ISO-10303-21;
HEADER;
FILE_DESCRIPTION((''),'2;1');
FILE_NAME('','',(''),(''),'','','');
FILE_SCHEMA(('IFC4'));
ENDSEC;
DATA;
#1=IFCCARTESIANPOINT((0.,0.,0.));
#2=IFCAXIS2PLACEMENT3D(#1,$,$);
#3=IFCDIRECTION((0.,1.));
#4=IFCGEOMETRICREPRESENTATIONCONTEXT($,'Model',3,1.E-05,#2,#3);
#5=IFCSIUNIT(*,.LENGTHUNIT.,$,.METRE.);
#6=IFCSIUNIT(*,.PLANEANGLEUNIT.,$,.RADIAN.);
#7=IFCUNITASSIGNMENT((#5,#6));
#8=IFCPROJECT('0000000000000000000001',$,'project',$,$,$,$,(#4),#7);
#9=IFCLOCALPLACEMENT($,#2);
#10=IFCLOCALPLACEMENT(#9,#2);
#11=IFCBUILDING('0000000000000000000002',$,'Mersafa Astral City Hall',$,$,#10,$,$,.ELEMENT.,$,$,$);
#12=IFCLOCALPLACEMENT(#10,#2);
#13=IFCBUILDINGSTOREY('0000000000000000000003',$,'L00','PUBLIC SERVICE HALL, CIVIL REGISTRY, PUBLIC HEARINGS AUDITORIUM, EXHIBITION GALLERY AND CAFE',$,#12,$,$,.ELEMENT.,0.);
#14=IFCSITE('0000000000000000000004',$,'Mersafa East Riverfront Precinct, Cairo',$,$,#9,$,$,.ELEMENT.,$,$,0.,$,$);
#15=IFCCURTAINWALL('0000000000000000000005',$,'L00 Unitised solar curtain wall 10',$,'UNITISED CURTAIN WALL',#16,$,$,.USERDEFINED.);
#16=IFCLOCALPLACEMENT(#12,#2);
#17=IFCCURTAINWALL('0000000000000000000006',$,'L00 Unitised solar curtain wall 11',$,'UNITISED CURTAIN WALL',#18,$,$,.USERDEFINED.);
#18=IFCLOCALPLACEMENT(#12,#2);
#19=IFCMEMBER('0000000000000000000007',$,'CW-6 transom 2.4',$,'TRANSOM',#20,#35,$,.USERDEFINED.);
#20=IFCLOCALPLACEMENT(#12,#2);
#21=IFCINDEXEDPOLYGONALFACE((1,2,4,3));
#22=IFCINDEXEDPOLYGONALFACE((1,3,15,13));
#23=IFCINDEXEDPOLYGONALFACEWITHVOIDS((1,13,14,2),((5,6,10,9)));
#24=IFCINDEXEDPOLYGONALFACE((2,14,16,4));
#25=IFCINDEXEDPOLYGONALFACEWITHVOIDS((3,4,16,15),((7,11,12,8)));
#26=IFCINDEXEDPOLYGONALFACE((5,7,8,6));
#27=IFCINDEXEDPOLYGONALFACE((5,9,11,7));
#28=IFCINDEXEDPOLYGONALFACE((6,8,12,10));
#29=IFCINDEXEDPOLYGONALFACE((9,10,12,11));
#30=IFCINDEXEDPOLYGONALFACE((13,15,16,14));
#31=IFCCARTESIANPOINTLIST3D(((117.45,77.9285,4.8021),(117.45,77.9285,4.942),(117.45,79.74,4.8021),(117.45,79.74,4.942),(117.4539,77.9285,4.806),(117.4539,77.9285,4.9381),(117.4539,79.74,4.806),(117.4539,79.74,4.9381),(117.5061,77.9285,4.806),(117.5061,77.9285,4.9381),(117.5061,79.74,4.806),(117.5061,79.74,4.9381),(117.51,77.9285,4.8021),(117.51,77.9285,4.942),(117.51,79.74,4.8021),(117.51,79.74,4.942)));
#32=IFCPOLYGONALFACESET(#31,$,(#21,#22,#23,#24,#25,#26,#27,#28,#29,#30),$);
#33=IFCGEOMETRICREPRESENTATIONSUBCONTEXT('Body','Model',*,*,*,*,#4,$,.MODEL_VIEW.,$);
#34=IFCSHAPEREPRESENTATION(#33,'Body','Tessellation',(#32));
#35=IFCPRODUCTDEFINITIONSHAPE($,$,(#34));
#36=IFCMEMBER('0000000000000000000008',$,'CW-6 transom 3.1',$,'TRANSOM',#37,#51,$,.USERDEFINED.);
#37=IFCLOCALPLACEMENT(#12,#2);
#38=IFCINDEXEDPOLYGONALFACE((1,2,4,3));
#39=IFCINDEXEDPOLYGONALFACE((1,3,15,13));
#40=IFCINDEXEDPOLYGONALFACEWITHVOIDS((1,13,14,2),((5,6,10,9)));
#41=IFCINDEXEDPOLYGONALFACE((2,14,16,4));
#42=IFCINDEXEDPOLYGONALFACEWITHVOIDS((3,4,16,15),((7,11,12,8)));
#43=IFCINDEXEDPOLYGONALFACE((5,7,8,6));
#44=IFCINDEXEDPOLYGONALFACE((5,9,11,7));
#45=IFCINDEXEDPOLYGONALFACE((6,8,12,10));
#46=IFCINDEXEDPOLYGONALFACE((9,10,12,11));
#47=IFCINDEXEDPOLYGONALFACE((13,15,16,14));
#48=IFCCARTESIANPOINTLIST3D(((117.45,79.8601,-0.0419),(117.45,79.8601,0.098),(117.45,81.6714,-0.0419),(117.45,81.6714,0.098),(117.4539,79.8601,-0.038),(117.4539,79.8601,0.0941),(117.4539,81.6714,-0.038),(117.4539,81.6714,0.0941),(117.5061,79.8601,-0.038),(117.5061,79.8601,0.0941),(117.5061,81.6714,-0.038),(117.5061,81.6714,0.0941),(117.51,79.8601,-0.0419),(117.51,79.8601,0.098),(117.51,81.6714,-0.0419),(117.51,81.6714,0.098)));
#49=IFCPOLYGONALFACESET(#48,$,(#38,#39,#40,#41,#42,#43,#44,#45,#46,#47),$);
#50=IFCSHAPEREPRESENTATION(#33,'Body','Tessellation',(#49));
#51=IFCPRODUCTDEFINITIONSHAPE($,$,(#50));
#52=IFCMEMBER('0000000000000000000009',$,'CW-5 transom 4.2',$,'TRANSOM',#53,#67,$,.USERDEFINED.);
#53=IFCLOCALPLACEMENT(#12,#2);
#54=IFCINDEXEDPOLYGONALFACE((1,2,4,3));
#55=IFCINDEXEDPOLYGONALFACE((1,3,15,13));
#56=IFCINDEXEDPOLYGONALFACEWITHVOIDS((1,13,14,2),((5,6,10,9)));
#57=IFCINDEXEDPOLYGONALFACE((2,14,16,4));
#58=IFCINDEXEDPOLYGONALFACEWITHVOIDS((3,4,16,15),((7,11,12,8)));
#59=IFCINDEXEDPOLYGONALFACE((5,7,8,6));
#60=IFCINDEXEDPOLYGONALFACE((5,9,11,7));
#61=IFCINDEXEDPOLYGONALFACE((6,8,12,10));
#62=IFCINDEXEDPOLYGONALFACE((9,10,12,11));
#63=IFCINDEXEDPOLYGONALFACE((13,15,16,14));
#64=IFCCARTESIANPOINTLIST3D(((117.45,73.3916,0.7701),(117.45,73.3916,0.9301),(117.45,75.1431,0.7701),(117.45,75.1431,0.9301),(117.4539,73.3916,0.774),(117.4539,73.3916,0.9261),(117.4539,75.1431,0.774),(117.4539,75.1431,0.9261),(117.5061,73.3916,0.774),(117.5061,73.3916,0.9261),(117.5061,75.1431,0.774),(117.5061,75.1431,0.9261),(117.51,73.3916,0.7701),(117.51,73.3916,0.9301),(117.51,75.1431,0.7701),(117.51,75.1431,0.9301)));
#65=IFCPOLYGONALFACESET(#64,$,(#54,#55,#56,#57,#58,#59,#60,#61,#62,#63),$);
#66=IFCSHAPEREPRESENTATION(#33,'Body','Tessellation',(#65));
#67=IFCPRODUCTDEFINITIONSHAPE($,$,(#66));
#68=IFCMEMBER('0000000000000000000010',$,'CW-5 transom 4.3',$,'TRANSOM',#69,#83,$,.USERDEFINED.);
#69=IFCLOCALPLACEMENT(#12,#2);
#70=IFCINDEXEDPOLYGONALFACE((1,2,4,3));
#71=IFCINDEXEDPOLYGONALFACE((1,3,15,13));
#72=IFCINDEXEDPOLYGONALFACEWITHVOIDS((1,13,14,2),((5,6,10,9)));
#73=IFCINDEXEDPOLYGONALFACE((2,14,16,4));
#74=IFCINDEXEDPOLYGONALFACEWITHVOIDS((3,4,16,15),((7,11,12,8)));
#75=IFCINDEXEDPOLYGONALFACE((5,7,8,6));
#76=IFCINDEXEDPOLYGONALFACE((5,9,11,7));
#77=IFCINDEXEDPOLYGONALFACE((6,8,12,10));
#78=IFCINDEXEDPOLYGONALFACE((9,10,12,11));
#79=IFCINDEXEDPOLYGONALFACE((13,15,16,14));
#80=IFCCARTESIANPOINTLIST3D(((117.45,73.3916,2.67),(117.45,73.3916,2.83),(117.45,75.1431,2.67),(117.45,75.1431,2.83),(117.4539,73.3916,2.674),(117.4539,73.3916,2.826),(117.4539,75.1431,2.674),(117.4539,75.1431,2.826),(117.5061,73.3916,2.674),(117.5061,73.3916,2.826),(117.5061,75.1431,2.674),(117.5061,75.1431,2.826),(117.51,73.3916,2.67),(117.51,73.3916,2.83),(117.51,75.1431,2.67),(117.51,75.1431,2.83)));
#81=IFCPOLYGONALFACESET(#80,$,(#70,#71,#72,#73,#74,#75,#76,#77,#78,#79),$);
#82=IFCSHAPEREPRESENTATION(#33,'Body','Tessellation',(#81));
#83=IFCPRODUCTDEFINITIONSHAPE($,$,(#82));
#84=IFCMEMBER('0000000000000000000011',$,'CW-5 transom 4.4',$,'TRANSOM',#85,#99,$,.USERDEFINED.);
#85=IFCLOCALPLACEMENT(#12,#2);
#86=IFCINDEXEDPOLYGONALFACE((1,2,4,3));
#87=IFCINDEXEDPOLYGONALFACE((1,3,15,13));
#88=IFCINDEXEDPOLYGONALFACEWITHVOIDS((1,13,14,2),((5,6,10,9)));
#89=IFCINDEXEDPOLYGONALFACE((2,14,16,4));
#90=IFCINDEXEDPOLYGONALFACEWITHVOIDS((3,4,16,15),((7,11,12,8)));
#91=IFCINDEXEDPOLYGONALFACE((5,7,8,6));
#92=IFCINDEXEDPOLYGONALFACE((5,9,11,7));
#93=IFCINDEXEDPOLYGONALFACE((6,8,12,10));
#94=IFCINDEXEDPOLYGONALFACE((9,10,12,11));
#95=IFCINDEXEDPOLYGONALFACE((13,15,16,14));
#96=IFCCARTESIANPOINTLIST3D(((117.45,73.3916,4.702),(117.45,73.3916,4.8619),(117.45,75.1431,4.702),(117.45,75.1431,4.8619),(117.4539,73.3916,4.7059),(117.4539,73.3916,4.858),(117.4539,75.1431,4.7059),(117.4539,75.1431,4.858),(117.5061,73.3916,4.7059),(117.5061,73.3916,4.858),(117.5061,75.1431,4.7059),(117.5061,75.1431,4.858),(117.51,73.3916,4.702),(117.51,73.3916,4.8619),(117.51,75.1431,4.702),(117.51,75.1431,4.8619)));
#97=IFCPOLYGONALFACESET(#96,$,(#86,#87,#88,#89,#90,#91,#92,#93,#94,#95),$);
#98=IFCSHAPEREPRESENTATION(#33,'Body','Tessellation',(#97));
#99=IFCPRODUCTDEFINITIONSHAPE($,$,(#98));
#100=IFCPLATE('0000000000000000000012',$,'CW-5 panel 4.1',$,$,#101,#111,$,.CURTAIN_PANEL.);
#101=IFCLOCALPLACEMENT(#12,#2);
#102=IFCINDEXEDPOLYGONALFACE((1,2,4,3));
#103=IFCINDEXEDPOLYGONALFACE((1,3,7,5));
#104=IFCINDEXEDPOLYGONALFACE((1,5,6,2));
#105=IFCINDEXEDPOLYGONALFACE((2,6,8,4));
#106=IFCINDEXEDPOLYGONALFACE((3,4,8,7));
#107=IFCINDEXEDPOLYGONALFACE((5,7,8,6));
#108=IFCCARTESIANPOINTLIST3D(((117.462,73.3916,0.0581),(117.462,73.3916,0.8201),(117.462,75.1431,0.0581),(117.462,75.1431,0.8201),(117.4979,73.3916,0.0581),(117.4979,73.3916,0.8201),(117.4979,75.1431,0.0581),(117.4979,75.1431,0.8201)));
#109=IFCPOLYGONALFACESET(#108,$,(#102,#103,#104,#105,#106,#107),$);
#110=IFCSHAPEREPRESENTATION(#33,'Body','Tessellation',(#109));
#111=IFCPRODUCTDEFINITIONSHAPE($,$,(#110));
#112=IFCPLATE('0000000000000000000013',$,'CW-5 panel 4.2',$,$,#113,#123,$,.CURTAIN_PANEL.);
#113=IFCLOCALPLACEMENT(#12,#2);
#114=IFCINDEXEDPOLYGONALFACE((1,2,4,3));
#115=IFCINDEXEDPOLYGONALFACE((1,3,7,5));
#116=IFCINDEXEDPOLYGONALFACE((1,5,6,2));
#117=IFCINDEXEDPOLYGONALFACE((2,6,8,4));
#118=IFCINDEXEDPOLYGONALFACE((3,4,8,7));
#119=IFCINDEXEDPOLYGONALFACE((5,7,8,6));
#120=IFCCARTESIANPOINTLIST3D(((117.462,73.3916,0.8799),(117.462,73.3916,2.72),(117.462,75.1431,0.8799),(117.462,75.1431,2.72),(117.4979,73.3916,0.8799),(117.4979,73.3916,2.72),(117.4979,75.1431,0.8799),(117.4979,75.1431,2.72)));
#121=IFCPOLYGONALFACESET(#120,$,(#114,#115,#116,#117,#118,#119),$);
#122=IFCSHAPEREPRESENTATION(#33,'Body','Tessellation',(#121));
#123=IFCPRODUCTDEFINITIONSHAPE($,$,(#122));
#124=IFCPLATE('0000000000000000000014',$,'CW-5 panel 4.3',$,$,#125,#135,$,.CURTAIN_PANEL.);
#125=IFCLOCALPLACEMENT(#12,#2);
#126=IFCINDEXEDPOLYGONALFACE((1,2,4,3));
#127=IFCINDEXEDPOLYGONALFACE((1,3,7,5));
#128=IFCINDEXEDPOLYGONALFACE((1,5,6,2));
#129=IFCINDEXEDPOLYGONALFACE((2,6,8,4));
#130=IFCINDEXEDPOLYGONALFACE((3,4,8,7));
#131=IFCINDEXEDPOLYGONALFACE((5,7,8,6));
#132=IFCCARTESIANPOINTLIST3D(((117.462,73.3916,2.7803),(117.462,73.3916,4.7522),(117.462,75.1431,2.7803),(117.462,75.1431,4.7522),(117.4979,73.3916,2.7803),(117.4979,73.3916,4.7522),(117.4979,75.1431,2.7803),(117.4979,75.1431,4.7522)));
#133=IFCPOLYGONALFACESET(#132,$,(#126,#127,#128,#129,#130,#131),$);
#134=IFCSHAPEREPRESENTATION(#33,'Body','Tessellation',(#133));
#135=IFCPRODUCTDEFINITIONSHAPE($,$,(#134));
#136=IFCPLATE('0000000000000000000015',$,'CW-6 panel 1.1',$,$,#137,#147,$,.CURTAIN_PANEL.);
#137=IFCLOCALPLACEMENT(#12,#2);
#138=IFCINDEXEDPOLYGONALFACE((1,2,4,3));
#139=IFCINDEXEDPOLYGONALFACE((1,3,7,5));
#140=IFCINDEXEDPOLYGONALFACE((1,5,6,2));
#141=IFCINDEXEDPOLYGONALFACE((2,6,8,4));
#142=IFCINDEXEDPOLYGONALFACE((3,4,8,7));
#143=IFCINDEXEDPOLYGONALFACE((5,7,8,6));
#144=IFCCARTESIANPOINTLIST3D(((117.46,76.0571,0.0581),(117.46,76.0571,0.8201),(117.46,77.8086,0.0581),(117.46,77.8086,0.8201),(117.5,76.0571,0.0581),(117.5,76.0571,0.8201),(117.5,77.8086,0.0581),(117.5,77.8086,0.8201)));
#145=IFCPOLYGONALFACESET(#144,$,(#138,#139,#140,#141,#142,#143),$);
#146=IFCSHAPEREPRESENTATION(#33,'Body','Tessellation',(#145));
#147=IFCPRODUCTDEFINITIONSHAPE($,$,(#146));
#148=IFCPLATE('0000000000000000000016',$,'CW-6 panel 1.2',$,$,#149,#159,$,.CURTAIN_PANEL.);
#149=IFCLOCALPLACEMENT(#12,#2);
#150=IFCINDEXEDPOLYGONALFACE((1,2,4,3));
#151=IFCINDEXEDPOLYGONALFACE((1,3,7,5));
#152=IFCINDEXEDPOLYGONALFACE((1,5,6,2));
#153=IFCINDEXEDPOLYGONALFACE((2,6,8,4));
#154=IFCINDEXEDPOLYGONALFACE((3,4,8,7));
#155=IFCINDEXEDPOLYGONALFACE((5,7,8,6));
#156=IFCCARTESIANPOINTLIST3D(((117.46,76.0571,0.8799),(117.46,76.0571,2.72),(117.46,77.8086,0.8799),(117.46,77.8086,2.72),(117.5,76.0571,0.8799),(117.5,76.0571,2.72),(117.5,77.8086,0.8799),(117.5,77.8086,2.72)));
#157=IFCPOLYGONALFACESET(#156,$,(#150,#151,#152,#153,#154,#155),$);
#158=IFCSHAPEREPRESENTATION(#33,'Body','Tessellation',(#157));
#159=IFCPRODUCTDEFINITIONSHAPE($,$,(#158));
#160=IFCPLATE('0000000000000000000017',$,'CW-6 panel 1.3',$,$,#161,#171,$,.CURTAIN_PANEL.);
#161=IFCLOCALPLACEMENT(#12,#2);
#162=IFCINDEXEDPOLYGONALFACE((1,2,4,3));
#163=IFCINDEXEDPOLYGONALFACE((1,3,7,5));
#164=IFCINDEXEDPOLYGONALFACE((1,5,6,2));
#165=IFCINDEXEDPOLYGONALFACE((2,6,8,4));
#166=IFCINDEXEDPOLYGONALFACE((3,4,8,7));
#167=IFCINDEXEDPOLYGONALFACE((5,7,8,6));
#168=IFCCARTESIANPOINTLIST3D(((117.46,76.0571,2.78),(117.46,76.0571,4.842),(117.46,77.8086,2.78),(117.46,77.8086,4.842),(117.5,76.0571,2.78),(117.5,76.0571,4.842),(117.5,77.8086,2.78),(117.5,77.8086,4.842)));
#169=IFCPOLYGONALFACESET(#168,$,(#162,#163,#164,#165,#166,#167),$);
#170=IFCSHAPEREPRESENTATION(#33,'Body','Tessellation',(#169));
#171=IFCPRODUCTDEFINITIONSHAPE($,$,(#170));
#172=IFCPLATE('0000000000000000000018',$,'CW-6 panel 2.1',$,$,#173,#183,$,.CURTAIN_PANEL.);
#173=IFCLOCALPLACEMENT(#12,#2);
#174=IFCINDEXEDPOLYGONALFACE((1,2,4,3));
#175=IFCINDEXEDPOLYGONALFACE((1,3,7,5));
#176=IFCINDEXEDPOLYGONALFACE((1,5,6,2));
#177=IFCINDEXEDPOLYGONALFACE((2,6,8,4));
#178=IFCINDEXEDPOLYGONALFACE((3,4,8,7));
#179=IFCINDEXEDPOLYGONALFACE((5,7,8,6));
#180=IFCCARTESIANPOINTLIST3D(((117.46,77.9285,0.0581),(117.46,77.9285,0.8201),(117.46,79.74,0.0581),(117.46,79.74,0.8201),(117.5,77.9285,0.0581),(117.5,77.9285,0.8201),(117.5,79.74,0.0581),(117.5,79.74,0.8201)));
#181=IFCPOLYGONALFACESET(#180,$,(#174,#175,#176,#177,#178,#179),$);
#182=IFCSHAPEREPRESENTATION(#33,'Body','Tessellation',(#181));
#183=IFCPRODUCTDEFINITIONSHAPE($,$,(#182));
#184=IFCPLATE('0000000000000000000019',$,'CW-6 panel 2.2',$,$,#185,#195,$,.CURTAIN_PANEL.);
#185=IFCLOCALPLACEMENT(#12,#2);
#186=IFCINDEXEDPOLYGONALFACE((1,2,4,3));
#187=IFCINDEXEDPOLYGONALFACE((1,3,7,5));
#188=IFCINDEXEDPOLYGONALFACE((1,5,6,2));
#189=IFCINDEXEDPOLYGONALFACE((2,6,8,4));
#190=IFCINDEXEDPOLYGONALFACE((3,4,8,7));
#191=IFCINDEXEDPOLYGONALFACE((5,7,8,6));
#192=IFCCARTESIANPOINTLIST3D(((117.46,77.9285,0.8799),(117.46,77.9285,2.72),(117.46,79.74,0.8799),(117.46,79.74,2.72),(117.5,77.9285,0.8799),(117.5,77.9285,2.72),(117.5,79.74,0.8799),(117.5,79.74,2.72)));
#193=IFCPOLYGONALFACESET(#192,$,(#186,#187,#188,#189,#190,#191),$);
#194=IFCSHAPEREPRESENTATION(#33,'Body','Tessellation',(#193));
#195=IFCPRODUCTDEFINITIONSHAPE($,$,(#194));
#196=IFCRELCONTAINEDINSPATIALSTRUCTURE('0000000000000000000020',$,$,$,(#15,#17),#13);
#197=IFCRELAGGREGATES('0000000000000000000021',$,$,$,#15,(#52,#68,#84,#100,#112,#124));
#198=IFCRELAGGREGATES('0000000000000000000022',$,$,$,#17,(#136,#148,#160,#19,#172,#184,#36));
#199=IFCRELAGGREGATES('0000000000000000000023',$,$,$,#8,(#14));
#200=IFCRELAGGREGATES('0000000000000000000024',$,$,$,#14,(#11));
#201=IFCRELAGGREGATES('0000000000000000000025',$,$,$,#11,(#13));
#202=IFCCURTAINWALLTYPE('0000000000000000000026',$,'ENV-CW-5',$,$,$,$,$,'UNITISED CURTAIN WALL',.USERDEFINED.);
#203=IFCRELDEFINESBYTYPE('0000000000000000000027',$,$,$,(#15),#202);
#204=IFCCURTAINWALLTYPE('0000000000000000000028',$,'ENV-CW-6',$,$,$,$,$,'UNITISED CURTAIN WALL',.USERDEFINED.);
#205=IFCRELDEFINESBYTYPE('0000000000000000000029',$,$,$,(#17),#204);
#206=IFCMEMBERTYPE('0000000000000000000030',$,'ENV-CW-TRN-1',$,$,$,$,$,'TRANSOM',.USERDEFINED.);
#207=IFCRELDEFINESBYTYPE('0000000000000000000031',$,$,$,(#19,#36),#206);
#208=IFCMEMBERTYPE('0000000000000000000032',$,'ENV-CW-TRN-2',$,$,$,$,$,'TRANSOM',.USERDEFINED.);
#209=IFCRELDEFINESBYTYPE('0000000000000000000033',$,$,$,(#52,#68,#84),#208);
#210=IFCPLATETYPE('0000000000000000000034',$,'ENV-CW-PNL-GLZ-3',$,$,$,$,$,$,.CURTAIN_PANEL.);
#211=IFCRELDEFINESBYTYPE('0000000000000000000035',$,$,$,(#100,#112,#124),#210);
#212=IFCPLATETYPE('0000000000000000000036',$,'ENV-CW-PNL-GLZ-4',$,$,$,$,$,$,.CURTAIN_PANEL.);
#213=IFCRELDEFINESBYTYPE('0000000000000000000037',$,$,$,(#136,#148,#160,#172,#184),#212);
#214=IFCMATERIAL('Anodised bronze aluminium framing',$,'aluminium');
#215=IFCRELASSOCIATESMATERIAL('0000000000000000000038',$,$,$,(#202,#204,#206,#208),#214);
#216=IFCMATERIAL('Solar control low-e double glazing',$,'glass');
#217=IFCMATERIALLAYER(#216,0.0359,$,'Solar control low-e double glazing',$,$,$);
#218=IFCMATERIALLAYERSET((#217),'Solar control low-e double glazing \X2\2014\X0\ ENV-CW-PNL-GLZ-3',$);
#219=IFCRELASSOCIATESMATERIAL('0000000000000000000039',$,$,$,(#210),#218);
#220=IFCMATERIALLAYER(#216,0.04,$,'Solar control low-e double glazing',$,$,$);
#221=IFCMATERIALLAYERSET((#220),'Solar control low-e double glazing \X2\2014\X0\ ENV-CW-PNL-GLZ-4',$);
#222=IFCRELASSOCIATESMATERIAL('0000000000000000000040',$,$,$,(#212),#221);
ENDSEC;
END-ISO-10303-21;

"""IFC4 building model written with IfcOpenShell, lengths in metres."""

from ifc_helpers import new_model, si_unit, direction, frame, origin, origin_2d, place, context, subcontext, project, spatial, rectangle, hollow_rectangle, extrude, material, layer, layer_set, material_profile, profile_set, type_object, element, aggregate, save


model = new_model("IFC4")

# Units and contexts
model_context = context("Model", 3, precision=1e-05, world=origin(), true_north=direction((0.0, 1.0)))
body_context = subcontext(model_context, "Body", "Model", "MODEL_VIEW")
ifc_project = project(units=[si_unit("LENGTHUNIT", "METRE"), si_unit("PLANEANGLEUNIT", "RADIAN")], contexts=[model_context])

# Site, building, storey
site_placement = place(None, origin())
site = spatial("IfcSite", under=ifc_project, at=site_placement, Name="Mersafa East Riverfront Precinct, Cairo", CompositionType="ELEMENT", RefElevation=0.0)
building_placement = place(site_placement, origin())
building = spatial("IfcBuilding", under=site, at=building_placement, Name="Mersafa Astral City Hall", CompositionType="ELEMENT")
storey_placement = place(building_placement, origin())
storey = spatial("IfcBuildingStorey", under=building, at=storey_placement, Name="L00", Description="PUBLIC SERVICE HALL, CIVIL REGISTRY, PUBLIC HEARINGS AUDITORIUM, EXHIBITION GALLERY AND CAFE", CompositionType="ELEMENT", Elevation=0.0)

# Curtain wall
ifc_material_1 = material(Name="Anodised bronze aluminium framing", Category="aluminium")
curtain_wall_type_1 = type_object("IfcCurtainWallType", Name="ENV-CW-5", ElementType="UNITISED CURTAIN WALL", PredefinedType="USERDEFINED", material=ifc_material_1)
curtain_wall_1_placement = place(storey_placement, origin())
curtain_wall_1 = element("IfcCurtainWall", 1, at=curtain_wall_1_placement, inside=storey, type_object=curtain_wall_type_1, Name="L00 Unitised solar curtain wall 10", ObjectType="UNITISED CURTAIN WALL", PredefinedType="USERDEFINED")

# Curtain wall, members
curtain_wall_type_2 = type_object("IfcCurtainWallType", Name="ENV-CW-6", ElementType="UNITISED CURTAIN WALL", PredefinedType="USERDEFINED", material=ifc_material_1)
curtain_wall_2_placement = place(storey_placement, origin())
curtain_wall_2 = element("IfcCurtainWall", 2, at=curtain_wall_2_placement, inside=storey, type_object=curtain_wall_type_2, Name="L00 Unitised solar curtain wall 11", ObjectType="UNITISED CURTAIN WALL", PredefinedType="USERDEFINED")
ifc_material_profile_1 = material_profile(ifc_material_1, hollow_rectangle(XDim=0.0601, YDim=0.1399, WallThickness=0.0039, at=origin_2d()), Name="RHS 60x140x4")
ifc_profile_set_1 = profile_set([ifc_material_profile_1], Name="Anodised bronze aluminium framing")
member_type_1 = type_object("IfcMemberType", Name="ENV-CW-TRN-1", ElementType="TRANSOM", PredefinedType="USERDEFINED", material=ifc_profile_set_1)
member_1_placement = place(storey_placement, frame((117.48, 77.9285, 4.8721), z_axis=(0.0, 1.0, 0.0), x_axis=(-1.0, 0.0, 0.0)))
member_1 = element("IfcMember", 3, at=member_1_placement, type_object=member_type_1, Name="CW-6 transom 2.4", ObjectType="TRANSOM", PredefinedType="USERDEFINED", context=body_context, shape_type="SweptSolid", body=[
    extrude(hollow_rectangle(XDim=0.0601, YDim=0.1399, WallThickness=0.0039, at=origin_2d()), origin(), (0.0, 0.0, 1.0), 1.8115),
])
member_2_placement = place(storey_placement, frame((117.48, 79.8601, 0.0281), z_axis=(0.0, 1.0, 0.0), x_axis=(-1.0, 0.0, 0.0)))
member_2 = element("IfcMember", 4, at=member_2_placement, type_object=member_type_1, Name="CW-6 transom 3.1", ObjectType="TRANSOM", PredefinedType="USERDEFINED", context=body_context, shape_type="SweptSolid", body=[
    extrude(hollow_rectangle(XDim=0.0601, YDim=0.1399, WallThickness=0.0039, at=origin_2d()), origin(), (0.0, 0.0, 1.0), 1.8113),
])

# Members
ifc_material_profile_2 = material_profile(ifc_material_1, hollow_rectangle(XDim=0.0601, YDim=0.1599, WallThickness=0.0039, at=origin_2d()), Name="RHS 60x160x4")
ifc_profile_set_2 = profile_set([ifc_material_profile_2], Name="Anodised bronze aluminium framing")
member_type_2 = type_object("IfcMemberType", Name="ENV-CW-TRN-2", ElementType="TRANSOM", PredefinedType="USERDEFINED", material=ifc_profile_set_2)
member_3_placement = place(storey_placement, frame((117.48, 73.3916, 0.8501), z_axis=(0.0, 1.0, 0.0), x_axis=(-1.0, 0.0, 0.0)))
member_3 = element("IfcMember", 5, at=member_3_placement, type_object=member_type_2, Name="CW-5 transom 4.2", ObjectType="TRANSOM", PredefinedType="USERDEFINED", context=body_context, shape_type="SweptSolid", body=[
    extrude(hollow_rectangle(XDim=0.0601, YDim=0.1599, WallThickness=0.0039, at=origin_2d()), origin(), (0.0, 0.0, 1.0), 1.7515),
])
member_4_placement = place(storey_placement, frame((117.48, 73.3916, 2.75), z_axis=(0.0, 1.0, 0.0), x_axis=(-1.0, 0.0, 0.0)))
member_4 = element("IfcMember", 6, at=member_4_placement, type_object=member_type_2, Name="CW-5 transom 4.3", ObjectType="TRANSOM", PredefinedType="USERDEFINED", context=body_context, shape_type="SweptSolid", body=[
    extrude(hollow_rectangle(XDim=0.0601, YDim=0.1599, WallThickness=0.0039, at=origin_2d()), origin(), (0.0, 0.0, 1.0), 1.7515),
])
member_5_placement = place(storey_placement, frame((117.48, 73.3916, 4.782), z_axis=(0.0, 1.0, 0.0), x_axis=(-1.0, 0.0, 0.0)))
member_5 = element("IfcMember", 7, at=member_5_placement, type_object=member_type_2, Name="CW-5 transom 4.4", ObjectType="TRANSOM", PredefinedType="USERDEFINED", context=body_context, shape_type="SweptSolid", body=[
    extrude(hollow_rectangle(XDim=0.0601, YDim=0.1599, WallThickness=0.0039, at=origin_2d()), origin(), (0.0, 0.0, 1.0), 1.7515),
])

# Plates
ifc_material_2 = material(Name="Solar control low-e double glazing", Category="glass")
ifc_layer_1 = layer(ifc_material_2, 0.0359, Name="Solar control low-e double glazing")
ifc_layer_set_1 = layer_set([ifc_layer_1], Name="Solar control low-e double glazing — ENV-CW-PNL-GLZ-3")
plate_type_1 = type_object("IfcPlateType", Name="ENV-CW-PNL-GLZ-3", PredefinedType="CURTAIN_PANEL", material=ifc_layer_set_1)
plate_1_placement = place(storey_placement, frame((117.48, 74.2673, 0.0581), z_axis=(0.0, 0.0, 1.0), x_axis=(0.0, 1.0, 0.0)))
plate_1 = element("IfcPlate", 8, at=plate_1_placement, type_object=plate_type_1, Name="CW-5 panel 4.1", PredefinedType="CURTAIN_PANEL", context=body_context, shape_type="SweptSolid", body=[
    extrude(rectangle(XDim=1.7515, YDim=0.0359, at=origin_2d()), origin(), (0.0, 0.0, 1.0), 0.762),
])
plate_2_placement = place(storey_placement, frame((117.48, 74.2673, 0.8799), z_axis=(0.0, 0.0, 1.0), x_axis=(0.0, 1.0, 0.0)))
plate_2 = element("IfcPlate", 9, at=plate_2_placement, type_object=plate_type_1, Name="CW-5 panel 4.2", PredefinedType="CURTAIN_PANEL", context=body_context, shape_type="SweptSolid", body=[
    extrude(rectangle(XDim=1.7515, YDim=0.0359, at=origin_2d()), origin(), (0.0, 0.0, 1.0), 1.8401),
])
plate_3_placement = place(storey_placement, frame((117.48, 74.2673, 2.7803), z_axis=(0.0, 0.0, 1.0), x_axis=(0.0, 1.0, 0.0)))
plate_3 = element("IfcPlate", 10, at=plate_3_placement, type_object=plate_type_1, Name="CW-5 panel 4.3", PredefinedType="CURTAIN_PANEL", context=body_context, shape_type="SweptSolid", body=[
    extrude(rectangle(XDim=1.7515, YDim=0.0359, at=origin_2d()), origin(), (0.0, 0.0, 1.0), 1.9719),
])
aggregate(curtain_wall_1, [member_3, member_4, member_5, plate_1, plate_2, plate_3])
ifc_layer_2 = layer(ifc_material_2, 0.04, Name="Solar control low-e double glazing")
ifc_layer_set_2 = layer_set([ifc_layer_2], Name="Solar control low-e double glazing — ENV-CW-PNL-GLZ-4")
plate_type_2 = type_object("IfcPlateType", Name="ENV-CW-PNL-GLZ-4", PredefinedType="CURTAIN_PANEL", material=ifc_layer_set_2)
plate_4_placement = place(storey_placement, frame((117.48, 76.9329, 0.0581), z_axis=(0.0, 0.0, 1.0), x_axis=(0.0, 1.0, 0.0)))
plate_4 = element("IfcPlate", 11, at=plate_4_placement, type_object=plate_type_2, Name="CW-6 panel 1.1", PredefinedType="CURTAIN_PANEL", context=body_context, shape_type="SweptSolid", body=[
    extrude(rectangle(XDim=1.7515, YDim=0.04, at=origin_2d()), origin(), (0.0, 0.0, 1.0), 0.762),
])
plate_5_placement = place(storey_placement, frame((117.48, 76.9329, 0.8799), z_axis=(0.0, 0.0, 1.0), x_axis=(0.0, 1.0, 0.0)))
plate_5 = element("IfcPlate", 12, at=plate_5_placement, type_object=plate_type_2, Name="CW-6 panel 1.2", PredefinedType="CURTAIN_PANEL", context=body_context, shape_type="SweptSolid", body=[
    extrude(rectangle(XDim=1.7515, YDim=0.04, at=origin_2d()), origin(), (0.0, 0.0, 1.0), 1.8401),
])
plate_6_placement = place(storey_placement, frame((117.48, 76.9329, 2.78), z_axis=(0.0, 0.0, 1.0), x_axis=(0.0, 1.0, 0.0)))
plate_6 = element("IfcPlate", 13, at=plate_6_placement, type_object=plate_type_2, Name="CW-6 panel 1.3", PredefinedType="CURTAIN_PANEL", context=body_context, shape_type="SweptSolid", body=[
    extrude(rectangle(XDim=1.7515, YDim=0.04, at=origin_2d()), origin(), (0.0, 0.0, 1.0), 2.062),
])
plate_7_placement = place(storey_placement, frame((117.48, 78.8342, 0.0581), z_axis=(0.0, 0.0, 1.0), x_axis=(0.0, 1.0, 0.0)))
plate_7 = element("IfcPlate", 14, at=plate_7_placement, type_object=plate_type_2, Name="CW-6 panel 2.1", PredefinedType="CURTAIN_PANEL", context=body_context, shape_type="SweptSolid", body=[
    extrude(rectangle(XDim=1.8115, YDim=0.04, at=origin_2d()), origin(), (0.0, 0.0, 1.0), 0.762),
])
plate_8_placement = place(storey_placement, frame((117.48, 78.8342, 0.8799), z_axis=(0.0, 0.0, 1.0), x_axis=(0.0, 1.0, 0.0)))
plate_8 = element("IfcPlate", 15, at=plate_8_placement, type_object=plate_type_2, Name="CW-6 panel 2.2", PredefinedType="CURTAIN_PANEL", context=body_context, shape_type="SweptSolid", body=[
    extrude(rectangle(XDim=1.8115, YDim=0.04, at=origin_2d()), origin(), (0.0, 0.0, 1.0), 1.8401),
])
aggregate(curtain_wall_2, [plate_4, plate_5, plate_6, member_1, plate_7, plate_8, member_2])

save(model, "model.ifc")
